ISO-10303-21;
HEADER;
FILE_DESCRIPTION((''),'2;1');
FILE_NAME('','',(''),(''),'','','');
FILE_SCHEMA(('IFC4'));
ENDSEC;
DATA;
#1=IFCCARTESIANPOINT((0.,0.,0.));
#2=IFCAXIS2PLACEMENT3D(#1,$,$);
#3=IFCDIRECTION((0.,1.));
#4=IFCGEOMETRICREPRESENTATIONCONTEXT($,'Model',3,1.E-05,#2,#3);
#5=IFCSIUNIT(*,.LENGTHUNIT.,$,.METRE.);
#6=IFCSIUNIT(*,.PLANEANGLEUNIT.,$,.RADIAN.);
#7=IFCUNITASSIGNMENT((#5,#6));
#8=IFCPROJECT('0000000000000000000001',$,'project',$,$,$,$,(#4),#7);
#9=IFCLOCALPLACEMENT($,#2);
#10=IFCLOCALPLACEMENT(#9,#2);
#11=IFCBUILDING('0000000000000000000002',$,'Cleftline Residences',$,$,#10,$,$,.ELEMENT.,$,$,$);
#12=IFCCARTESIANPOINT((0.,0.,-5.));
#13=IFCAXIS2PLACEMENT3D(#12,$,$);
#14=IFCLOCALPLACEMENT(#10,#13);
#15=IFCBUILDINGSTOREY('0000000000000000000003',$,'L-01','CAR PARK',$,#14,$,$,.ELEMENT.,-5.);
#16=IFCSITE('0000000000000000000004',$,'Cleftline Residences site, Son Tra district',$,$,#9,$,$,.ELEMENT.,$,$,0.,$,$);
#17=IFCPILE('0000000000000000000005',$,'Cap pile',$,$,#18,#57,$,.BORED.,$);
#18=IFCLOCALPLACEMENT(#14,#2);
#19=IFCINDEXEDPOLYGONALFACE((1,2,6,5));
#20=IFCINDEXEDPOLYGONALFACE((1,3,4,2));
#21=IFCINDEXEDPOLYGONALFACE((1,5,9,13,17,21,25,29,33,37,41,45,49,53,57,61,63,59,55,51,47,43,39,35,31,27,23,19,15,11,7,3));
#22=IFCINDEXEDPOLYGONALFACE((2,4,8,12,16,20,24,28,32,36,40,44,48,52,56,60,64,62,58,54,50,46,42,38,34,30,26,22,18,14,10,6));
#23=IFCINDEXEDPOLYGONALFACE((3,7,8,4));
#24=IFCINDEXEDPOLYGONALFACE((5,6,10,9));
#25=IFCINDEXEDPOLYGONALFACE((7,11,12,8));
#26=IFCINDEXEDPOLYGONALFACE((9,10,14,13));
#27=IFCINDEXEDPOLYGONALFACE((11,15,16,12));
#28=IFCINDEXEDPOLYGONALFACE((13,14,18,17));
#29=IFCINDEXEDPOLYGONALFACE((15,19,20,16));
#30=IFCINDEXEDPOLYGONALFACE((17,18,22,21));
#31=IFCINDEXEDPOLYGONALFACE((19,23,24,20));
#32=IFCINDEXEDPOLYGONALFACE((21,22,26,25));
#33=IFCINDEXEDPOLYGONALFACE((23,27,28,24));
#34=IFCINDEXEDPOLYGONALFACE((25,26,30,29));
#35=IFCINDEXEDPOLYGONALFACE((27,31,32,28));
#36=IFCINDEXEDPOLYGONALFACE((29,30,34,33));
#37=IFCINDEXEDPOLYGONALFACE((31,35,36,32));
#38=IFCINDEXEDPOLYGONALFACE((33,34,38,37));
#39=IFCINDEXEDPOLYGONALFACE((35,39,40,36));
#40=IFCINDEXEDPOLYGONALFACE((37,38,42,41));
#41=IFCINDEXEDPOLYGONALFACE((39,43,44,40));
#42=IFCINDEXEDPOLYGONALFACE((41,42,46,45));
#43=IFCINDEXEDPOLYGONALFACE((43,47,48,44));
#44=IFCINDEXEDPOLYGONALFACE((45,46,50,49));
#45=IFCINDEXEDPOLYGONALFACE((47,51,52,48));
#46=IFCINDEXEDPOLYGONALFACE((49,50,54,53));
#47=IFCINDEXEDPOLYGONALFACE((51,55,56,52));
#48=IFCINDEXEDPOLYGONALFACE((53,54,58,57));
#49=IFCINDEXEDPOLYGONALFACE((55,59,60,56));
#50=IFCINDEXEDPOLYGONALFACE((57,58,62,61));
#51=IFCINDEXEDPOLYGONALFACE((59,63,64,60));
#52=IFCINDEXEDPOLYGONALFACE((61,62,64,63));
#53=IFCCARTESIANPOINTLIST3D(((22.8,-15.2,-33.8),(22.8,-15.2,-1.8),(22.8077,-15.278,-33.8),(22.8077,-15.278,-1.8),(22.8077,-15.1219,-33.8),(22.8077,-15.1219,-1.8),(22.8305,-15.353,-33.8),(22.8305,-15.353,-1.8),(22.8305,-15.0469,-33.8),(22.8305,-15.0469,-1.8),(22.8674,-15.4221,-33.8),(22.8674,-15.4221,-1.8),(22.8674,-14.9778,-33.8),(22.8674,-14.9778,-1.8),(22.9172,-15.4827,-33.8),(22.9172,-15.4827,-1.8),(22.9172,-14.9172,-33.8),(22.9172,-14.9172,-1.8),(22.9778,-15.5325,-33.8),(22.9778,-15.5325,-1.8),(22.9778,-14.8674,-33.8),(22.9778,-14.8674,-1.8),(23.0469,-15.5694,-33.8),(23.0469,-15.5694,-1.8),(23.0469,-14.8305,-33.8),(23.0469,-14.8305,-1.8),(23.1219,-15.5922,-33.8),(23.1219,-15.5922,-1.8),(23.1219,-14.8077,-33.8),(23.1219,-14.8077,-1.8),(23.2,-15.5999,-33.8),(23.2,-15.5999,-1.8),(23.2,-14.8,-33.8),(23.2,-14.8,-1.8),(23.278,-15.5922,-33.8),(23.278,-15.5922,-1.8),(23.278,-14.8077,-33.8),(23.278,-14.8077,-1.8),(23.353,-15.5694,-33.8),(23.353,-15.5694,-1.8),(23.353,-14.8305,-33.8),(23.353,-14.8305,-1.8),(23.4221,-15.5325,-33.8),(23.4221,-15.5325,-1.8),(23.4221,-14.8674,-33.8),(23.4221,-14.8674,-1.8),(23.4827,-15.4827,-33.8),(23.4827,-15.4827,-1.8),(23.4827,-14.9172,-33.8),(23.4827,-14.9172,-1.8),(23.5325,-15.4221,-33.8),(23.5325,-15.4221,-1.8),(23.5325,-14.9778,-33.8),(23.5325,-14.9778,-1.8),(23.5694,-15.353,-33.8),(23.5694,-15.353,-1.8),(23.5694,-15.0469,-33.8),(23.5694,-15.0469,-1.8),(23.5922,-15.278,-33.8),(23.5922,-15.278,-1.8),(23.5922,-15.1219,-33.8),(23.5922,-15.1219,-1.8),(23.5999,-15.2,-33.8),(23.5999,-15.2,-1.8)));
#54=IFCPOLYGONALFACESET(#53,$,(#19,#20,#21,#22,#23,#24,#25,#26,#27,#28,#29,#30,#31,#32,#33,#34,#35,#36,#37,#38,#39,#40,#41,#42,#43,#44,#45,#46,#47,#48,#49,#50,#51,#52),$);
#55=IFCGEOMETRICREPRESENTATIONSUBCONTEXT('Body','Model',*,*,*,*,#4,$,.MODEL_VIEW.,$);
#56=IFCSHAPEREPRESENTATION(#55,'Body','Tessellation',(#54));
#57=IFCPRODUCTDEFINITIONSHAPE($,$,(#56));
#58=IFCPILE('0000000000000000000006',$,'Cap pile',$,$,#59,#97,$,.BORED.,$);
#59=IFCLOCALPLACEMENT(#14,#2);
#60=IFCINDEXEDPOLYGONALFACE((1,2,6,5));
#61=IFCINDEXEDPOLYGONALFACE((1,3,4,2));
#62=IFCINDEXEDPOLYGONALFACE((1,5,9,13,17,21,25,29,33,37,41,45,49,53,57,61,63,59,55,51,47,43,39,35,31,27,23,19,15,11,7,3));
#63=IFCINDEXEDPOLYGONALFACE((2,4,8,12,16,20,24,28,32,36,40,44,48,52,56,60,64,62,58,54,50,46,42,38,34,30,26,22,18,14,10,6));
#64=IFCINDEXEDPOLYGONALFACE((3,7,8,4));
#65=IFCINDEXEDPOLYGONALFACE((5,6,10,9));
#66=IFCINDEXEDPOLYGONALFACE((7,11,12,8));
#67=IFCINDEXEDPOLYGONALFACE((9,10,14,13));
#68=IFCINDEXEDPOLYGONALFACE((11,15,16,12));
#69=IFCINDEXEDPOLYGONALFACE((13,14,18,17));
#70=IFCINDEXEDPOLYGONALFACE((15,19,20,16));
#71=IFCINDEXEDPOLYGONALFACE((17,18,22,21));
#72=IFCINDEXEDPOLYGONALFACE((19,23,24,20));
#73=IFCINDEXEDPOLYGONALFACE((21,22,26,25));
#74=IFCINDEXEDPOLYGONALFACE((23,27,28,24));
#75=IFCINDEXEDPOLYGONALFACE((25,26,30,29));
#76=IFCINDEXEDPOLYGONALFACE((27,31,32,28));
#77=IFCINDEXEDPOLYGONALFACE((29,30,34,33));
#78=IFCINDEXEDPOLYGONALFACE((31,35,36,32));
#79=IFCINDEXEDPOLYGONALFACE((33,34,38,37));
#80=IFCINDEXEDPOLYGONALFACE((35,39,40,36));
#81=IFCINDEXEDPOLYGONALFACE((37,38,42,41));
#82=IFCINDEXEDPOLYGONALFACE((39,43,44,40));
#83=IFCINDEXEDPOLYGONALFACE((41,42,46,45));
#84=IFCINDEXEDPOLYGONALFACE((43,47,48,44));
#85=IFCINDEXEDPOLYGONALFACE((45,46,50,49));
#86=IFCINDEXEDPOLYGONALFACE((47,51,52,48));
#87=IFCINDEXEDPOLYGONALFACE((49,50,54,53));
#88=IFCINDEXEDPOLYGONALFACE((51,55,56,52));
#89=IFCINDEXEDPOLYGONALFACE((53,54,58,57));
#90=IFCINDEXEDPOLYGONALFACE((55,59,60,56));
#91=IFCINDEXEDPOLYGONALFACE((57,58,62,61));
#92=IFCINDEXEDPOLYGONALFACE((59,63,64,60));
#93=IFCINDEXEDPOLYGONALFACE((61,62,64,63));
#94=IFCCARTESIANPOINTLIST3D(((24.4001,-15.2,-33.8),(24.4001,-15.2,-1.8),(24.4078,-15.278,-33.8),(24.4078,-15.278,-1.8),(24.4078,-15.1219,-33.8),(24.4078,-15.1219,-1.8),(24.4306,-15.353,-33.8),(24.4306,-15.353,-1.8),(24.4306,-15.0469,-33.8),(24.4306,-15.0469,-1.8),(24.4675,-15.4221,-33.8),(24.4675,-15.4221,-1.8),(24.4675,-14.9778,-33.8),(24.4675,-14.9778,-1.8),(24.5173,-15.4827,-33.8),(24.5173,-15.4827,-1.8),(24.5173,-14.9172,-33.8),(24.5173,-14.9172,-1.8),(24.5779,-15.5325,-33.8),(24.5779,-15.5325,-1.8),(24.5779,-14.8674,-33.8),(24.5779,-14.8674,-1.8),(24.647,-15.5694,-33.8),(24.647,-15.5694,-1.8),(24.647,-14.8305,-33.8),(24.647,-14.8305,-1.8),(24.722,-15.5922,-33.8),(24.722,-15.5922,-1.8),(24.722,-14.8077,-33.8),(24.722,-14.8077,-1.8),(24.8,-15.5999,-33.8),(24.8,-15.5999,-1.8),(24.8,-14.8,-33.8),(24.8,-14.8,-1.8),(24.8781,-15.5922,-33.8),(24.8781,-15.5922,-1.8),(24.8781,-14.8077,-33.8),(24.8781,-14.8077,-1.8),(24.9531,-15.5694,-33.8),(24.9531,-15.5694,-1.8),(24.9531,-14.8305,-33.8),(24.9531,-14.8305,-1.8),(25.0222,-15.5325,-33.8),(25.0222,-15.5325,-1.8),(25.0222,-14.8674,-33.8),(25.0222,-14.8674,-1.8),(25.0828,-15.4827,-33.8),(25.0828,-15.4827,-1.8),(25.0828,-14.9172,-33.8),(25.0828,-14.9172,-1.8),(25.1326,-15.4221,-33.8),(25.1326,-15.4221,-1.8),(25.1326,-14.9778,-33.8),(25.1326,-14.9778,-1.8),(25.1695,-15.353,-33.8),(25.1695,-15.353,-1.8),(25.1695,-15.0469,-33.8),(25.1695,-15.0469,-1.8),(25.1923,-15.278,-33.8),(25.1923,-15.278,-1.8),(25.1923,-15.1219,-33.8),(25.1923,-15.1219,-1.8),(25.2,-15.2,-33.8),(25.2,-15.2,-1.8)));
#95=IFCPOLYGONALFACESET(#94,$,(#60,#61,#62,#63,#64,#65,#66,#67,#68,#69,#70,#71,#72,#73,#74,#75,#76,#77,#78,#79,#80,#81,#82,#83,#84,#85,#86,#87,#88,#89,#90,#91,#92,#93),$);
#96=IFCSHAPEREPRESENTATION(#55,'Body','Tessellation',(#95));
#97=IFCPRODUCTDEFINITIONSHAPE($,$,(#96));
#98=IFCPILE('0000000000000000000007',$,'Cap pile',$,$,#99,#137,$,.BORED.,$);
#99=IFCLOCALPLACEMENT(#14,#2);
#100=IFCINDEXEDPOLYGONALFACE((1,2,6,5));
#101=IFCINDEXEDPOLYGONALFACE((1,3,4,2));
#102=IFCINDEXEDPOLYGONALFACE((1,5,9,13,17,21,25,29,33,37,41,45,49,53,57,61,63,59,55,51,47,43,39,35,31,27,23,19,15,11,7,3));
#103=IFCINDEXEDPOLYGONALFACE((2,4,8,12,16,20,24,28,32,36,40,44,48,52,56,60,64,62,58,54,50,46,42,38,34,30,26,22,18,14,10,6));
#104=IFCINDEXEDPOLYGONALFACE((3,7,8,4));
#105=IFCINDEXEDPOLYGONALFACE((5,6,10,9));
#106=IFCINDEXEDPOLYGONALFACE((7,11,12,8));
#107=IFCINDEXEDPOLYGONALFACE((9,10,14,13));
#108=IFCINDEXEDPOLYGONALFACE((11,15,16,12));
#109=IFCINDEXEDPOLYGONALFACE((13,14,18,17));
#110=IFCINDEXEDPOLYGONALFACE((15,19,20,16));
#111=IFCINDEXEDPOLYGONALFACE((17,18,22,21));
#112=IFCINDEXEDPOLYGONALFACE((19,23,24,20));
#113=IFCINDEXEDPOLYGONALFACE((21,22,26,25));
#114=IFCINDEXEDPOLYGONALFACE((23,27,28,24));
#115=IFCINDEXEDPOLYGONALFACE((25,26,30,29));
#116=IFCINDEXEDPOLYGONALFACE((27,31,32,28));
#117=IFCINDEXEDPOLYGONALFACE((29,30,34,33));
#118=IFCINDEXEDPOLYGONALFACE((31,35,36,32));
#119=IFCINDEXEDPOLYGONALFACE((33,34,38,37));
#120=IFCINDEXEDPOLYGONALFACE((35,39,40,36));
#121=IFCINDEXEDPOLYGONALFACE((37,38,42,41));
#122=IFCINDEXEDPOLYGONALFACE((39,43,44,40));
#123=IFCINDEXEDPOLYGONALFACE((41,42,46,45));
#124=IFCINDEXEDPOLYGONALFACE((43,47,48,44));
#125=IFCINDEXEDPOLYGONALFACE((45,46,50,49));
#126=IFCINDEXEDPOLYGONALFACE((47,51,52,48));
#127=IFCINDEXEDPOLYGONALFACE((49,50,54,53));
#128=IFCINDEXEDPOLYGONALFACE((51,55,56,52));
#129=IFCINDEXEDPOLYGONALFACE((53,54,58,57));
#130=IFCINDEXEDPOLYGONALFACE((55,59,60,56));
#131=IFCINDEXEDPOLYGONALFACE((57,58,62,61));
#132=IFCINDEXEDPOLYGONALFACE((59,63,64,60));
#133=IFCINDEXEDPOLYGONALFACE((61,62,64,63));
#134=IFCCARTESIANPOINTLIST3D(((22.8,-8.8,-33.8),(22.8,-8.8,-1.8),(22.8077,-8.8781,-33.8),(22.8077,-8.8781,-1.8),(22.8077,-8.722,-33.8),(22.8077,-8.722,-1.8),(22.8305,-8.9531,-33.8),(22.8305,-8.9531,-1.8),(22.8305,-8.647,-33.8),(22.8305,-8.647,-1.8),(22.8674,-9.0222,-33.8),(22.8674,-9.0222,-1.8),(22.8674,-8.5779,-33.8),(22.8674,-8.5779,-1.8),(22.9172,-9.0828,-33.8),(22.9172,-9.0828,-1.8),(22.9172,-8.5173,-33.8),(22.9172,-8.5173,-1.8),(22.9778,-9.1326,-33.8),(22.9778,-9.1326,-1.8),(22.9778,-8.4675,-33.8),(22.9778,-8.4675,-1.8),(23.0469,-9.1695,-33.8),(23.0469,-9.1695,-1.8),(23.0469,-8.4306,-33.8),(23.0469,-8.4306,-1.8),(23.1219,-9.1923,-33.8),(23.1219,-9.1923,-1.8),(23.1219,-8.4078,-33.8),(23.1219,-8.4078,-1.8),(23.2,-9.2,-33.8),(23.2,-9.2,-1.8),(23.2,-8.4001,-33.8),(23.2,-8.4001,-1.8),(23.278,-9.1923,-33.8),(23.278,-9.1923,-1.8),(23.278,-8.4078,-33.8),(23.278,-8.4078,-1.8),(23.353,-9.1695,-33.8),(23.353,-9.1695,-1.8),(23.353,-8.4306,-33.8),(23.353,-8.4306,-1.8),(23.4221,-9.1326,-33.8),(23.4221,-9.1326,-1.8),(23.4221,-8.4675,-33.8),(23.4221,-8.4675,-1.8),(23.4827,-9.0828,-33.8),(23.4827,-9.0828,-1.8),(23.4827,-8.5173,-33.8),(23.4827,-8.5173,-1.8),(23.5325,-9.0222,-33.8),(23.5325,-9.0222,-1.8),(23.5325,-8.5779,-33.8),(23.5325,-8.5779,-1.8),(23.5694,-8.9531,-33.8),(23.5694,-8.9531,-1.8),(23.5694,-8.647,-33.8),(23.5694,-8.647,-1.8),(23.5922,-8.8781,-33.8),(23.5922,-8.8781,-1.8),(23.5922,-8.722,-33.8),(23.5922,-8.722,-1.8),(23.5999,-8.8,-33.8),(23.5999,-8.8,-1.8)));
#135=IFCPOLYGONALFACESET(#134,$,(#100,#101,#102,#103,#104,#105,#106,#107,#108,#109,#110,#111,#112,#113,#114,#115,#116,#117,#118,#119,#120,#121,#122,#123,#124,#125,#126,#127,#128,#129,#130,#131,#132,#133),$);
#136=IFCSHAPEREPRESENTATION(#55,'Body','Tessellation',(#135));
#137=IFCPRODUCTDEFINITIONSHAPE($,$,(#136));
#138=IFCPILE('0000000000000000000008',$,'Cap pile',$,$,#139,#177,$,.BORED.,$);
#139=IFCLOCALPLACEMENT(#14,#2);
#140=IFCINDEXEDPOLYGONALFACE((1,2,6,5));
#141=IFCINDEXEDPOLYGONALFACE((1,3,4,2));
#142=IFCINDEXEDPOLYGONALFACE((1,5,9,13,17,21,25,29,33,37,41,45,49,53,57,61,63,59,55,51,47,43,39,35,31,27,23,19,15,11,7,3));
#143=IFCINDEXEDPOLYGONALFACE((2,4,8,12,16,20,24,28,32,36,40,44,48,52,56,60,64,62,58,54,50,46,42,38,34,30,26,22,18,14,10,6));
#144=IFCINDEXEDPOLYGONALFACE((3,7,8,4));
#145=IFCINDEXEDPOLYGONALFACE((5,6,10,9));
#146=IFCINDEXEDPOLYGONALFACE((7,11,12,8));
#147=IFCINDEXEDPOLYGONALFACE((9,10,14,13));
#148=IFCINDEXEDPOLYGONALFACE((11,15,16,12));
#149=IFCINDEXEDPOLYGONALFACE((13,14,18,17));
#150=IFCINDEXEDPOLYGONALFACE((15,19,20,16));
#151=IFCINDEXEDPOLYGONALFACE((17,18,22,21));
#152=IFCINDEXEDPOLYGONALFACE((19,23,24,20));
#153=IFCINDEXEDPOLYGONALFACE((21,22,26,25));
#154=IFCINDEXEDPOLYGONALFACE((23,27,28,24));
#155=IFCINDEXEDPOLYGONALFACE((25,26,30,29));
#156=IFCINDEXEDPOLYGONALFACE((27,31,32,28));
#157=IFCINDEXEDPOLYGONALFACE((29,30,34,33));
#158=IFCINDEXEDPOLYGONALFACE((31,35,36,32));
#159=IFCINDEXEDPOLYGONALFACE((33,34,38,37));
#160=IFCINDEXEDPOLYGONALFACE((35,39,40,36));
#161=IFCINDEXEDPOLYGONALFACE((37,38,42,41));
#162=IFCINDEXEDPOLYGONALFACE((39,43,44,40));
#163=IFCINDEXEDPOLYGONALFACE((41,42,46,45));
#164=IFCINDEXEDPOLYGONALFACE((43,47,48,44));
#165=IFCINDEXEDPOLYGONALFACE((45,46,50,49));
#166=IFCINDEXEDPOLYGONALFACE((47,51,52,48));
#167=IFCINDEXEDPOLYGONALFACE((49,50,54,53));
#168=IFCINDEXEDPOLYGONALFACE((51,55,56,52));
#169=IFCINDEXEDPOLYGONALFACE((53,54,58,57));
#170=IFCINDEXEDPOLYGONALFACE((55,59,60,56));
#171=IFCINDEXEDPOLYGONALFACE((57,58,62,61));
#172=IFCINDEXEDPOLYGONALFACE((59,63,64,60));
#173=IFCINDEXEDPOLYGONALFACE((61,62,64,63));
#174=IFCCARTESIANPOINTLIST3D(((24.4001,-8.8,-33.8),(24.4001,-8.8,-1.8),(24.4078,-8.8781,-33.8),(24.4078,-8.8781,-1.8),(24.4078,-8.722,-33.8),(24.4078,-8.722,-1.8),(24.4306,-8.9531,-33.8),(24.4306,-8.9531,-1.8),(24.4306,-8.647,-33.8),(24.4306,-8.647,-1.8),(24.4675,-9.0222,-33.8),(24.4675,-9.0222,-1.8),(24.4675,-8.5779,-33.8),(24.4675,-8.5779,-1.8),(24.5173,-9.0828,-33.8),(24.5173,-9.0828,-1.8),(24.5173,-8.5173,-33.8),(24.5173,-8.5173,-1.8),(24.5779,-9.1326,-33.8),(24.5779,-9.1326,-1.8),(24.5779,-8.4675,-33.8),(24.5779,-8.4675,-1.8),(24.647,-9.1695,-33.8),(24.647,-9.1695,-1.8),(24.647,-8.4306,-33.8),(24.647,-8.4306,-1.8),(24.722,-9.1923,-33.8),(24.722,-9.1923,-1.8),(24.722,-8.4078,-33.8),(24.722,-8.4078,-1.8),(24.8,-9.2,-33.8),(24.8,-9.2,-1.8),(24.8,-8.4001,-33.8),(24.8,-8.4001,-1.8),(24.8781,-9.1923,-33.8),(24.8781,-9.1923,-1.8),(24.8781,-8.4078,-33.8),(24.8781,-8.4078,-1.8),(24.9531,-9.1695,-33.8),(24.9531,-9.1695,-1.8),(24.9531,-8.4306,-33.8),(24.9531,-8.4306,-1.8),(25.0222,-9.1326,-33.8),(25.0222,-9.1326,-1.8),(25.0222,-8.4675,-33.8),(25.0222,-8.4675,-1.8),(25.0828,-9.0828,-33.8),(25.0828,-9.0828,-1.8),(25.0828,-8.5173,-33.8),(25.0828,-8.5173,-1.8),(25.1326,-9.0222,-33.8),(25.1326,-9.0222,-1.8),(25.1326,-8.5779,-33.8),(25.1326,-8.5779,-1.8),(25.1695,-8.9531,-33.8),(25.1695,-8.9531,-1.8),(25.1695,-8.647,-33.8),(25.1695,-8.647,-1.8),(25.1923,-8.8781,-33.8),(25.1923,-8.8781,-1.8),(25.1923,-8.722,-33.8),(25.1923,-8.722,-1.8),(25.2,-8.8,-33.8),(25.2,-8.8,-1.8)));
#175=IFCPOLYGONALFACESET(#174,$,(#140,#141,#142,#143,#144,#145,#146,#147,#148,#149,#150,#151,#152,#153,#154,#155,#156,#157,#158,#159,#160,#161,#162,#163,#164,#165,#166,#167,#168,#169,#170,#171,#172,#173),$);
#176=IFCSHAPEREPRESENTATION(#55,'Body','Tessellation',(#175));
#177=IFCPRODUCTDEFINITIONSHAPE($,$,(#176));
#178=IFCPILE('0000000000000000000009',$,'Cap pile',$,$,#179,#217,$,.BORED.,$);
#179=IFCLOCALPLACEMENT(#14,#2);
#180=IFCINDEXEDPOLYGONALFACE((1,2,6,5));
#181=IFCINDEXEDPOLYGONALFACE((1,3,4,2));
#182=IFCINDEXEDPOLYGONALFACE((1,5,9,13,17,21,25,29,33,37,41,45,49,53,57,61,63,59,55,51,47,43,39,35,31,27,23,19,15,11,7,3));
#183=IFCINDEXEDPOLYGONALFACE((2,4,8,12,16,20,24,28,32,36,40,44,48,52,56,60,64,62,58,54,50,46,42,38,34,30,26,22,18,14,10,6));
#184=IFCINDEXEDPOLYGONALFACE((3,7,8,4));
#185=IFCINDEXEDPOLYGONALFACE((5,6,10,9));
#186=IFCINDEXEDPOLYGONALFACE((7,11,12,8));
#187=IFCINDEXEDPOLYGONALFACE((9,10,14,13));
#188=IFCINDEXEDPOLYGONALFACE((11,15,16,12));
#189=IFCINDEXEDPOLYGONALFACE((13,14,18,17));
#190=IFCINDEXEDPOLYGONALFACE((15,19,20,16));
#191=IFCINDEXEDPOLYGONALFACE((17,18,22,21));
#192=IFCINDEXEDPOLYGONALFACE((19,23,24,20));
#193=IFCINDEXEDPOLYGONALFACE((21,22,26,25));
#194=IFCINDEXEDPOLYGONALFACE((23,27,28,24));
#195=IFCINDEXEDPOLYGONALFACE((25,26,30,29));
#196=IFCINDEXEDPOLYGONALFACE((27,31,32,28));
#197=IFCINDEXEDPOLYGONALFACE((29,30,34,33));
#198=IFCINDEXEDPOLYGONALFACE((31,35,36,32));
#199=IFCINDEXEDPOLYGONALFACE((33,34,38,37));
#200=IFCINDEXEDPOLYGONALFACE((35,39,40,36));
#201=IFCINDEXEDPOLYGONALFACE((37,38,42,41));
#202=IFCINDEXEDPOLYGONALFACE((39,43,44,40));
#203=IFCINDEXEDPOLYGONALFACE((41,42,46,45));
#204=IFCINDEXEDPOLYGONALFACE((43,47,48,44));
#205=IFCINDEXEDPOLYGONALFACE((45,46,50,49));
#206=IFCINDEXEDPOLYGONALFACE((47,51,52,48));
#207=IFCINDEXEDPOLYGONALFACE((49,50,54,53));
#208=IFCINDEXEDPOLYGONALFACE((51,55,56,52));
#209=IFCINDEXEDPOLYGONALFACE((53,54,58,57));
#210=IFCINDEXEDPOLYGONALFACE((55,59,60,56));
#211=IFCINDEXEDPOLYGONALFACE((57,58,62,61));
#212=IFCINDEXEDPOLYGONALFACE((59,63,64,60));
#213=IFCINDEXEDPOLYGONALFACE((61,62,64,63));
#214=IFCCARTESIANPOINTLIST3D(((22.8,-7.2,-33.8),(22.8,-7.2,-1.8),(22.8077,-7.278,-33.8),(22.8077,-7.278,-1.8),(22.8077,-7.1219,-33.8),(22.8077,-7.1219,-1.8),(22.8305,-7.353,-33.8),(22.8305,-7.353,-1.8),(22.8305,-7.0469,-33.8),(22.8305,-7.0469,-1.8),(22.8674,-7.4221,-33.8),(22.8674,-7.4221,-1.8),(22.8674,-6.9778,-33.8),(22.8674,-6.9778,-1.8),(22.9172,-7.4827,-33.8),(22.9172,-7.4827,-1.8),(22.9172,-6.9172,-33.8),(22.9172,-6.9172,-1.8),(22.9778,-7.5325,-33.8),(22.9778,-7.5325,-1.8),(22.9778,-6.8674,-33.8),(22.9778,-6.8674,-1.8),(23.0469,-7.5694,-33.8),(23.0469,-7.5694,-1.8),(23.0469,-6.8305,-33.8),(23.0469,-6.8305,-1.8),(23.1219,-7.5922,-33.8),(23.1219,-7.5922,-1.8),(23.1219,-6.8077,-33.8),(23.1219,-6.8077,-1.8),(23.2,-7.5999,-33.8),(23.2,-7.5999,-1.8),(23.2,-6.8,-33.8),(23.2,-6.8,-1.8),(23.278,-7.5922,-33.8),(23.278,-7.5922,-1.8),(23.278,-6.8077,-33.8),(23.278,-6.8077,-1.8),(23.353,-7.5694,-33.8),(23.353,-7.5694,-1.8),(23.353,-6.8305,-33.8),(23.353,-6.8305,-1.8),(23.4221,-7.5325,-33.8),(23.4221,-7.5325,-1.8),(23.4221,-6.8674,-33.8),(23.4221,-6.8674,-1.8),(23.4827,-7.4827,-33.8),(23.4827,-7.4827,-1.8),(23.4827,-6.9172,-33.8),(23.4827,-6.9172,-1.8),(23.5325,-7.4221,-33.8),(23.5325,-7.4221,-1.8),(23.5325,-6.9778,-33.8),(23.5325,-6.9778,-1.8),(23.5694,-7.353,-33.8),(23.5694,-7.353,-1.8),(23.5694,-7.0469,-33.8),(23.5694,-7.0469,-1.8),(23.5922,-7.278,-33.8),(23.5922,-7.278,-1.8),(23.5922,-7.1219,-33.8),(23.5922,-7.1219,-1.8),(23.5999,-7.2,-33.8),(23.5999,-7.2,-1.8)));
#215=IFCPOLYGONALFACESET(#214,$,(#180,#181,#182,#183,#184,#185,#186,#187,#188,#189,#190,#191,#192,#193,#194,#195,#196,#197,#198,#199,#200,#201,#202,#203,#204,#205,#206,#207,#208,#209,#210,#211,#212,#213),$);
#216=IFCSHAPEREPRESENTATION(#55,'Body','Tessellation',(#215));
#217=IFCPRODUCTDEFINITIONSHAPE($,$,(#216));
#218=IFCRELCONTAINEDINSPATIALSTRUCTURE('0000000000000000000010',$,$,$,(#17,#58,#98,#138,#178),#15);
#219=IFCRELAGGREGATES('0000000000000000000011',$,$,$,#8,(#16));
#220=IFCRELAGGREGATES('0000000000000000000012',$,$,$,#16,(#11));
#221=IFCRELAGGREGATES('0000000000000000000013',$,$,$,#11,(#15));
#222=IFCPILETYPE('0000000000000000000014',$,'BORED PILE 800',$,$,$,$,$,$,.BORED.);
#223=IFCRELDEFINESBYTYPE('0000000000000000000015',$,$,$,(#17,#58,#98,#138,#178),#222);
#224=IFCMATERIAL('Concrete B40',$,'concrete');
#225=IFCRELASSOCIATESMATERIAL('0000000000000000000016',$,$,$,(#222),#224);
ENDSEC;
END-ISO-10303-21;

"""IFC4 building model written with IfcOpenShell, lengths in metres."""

from ifc_helpers import new_model, si_unit, direction, frame, origin, origin_2d, place, context, subcontext, project, spatial, circle, extrude, material, material_profile, profile_set, type_object, element, save


model = new_model("IFC4")

# Units and contexts
model_context = context("Model", 3, precision=1e-05, world=origin(), true_north=direction((0.0, 1.0)))
body_context = subcontext(model_context, "Body", "Model", "MODEL_VIEW")
ifc_project = project(units=[si_unit("LENGTHUNIT", "METRE"), si_unit("PLANEANGLEUNIT", "RADIAN")], contexts=[model_context])

# Site, building, storey
site_placement = place(None, origin())
site = spatial("IfcSite", under=ifc_project, at=site_placement, Name="Cleftline Residences site, Son Tra district", CompositionType="ELEMENT", RefElevation=0.0)
building_placement = place(site_placement, origin())
building = spatial("IfcBuilding", under=site, at=building_placement, Name="Cleftline Residences", CompositionType="ELEMENT")
storey_placement = place(building_placement, frame((0.0, 0.0, -5.0)))
storey = spatial("IfcBuildingStorey", under=building, at=storey_placement, Name="L-01", Description="CAR PARK", CompositionType="ELEMENT", Elevation=-5.0)

# Piles
ifc_material_1 = material(Name="Concrete B40", Category="concrete")
ifc_material_profile_1 = material_profile(ifc_material_1, circle(Radius=0.3999, at=origin_2d()))
ifc_profile_set_1 = profile_set([ifc_material_profile_1], Name="Concrete B40")
pile_type_1 = type_object("IfcPileType", Name="BORED PILE 800", PredefinedType="BORED", material=ifc_profile_set_1)
for number, where, z_axis, x_axis, name in (
    (1, (23.2, -15.2, -1.8), (0.0, 0.0, -1.0), (1.0, 0.0, 0.0), "Cap pile"),
    (2, (24.8, -15.2, -1.8), (0.0, 0.0, -1.0), (1.0, 0.0, 0.0), "Cap pile"),
    (3, (23.2, -8.8, -1.8), (0.0, 0.0, -1.0), (1.0, 0.0, 0.0), "Cap pile"),
    (4, (24.8, -8.8, -1.8), (0.0, 0.0, -1.0), (1.0, 0.0, 0.0), "Cap pile"),
    (5, (23.2, -7.2, -1.8), (0.0, 0.0, -1.0), (1.0, 0.0, 0.0), "Cap pile"),
):
    element("IfcPile", number, at=place(storey_placement, frame(where, z_axis=z_axis, x_axis=x_axis)), inside=storey, type_object=pile_type_1, Name=name, PredefinedType="BORED", context=body_context, shape_type="SweptSolid", body=[
        extrude(circle(Radius=0.3999, at=origin_2d()), origin(), (0.0, 0.0, 1.0), 32.0),
    ])

save(model, "model.ifc")
